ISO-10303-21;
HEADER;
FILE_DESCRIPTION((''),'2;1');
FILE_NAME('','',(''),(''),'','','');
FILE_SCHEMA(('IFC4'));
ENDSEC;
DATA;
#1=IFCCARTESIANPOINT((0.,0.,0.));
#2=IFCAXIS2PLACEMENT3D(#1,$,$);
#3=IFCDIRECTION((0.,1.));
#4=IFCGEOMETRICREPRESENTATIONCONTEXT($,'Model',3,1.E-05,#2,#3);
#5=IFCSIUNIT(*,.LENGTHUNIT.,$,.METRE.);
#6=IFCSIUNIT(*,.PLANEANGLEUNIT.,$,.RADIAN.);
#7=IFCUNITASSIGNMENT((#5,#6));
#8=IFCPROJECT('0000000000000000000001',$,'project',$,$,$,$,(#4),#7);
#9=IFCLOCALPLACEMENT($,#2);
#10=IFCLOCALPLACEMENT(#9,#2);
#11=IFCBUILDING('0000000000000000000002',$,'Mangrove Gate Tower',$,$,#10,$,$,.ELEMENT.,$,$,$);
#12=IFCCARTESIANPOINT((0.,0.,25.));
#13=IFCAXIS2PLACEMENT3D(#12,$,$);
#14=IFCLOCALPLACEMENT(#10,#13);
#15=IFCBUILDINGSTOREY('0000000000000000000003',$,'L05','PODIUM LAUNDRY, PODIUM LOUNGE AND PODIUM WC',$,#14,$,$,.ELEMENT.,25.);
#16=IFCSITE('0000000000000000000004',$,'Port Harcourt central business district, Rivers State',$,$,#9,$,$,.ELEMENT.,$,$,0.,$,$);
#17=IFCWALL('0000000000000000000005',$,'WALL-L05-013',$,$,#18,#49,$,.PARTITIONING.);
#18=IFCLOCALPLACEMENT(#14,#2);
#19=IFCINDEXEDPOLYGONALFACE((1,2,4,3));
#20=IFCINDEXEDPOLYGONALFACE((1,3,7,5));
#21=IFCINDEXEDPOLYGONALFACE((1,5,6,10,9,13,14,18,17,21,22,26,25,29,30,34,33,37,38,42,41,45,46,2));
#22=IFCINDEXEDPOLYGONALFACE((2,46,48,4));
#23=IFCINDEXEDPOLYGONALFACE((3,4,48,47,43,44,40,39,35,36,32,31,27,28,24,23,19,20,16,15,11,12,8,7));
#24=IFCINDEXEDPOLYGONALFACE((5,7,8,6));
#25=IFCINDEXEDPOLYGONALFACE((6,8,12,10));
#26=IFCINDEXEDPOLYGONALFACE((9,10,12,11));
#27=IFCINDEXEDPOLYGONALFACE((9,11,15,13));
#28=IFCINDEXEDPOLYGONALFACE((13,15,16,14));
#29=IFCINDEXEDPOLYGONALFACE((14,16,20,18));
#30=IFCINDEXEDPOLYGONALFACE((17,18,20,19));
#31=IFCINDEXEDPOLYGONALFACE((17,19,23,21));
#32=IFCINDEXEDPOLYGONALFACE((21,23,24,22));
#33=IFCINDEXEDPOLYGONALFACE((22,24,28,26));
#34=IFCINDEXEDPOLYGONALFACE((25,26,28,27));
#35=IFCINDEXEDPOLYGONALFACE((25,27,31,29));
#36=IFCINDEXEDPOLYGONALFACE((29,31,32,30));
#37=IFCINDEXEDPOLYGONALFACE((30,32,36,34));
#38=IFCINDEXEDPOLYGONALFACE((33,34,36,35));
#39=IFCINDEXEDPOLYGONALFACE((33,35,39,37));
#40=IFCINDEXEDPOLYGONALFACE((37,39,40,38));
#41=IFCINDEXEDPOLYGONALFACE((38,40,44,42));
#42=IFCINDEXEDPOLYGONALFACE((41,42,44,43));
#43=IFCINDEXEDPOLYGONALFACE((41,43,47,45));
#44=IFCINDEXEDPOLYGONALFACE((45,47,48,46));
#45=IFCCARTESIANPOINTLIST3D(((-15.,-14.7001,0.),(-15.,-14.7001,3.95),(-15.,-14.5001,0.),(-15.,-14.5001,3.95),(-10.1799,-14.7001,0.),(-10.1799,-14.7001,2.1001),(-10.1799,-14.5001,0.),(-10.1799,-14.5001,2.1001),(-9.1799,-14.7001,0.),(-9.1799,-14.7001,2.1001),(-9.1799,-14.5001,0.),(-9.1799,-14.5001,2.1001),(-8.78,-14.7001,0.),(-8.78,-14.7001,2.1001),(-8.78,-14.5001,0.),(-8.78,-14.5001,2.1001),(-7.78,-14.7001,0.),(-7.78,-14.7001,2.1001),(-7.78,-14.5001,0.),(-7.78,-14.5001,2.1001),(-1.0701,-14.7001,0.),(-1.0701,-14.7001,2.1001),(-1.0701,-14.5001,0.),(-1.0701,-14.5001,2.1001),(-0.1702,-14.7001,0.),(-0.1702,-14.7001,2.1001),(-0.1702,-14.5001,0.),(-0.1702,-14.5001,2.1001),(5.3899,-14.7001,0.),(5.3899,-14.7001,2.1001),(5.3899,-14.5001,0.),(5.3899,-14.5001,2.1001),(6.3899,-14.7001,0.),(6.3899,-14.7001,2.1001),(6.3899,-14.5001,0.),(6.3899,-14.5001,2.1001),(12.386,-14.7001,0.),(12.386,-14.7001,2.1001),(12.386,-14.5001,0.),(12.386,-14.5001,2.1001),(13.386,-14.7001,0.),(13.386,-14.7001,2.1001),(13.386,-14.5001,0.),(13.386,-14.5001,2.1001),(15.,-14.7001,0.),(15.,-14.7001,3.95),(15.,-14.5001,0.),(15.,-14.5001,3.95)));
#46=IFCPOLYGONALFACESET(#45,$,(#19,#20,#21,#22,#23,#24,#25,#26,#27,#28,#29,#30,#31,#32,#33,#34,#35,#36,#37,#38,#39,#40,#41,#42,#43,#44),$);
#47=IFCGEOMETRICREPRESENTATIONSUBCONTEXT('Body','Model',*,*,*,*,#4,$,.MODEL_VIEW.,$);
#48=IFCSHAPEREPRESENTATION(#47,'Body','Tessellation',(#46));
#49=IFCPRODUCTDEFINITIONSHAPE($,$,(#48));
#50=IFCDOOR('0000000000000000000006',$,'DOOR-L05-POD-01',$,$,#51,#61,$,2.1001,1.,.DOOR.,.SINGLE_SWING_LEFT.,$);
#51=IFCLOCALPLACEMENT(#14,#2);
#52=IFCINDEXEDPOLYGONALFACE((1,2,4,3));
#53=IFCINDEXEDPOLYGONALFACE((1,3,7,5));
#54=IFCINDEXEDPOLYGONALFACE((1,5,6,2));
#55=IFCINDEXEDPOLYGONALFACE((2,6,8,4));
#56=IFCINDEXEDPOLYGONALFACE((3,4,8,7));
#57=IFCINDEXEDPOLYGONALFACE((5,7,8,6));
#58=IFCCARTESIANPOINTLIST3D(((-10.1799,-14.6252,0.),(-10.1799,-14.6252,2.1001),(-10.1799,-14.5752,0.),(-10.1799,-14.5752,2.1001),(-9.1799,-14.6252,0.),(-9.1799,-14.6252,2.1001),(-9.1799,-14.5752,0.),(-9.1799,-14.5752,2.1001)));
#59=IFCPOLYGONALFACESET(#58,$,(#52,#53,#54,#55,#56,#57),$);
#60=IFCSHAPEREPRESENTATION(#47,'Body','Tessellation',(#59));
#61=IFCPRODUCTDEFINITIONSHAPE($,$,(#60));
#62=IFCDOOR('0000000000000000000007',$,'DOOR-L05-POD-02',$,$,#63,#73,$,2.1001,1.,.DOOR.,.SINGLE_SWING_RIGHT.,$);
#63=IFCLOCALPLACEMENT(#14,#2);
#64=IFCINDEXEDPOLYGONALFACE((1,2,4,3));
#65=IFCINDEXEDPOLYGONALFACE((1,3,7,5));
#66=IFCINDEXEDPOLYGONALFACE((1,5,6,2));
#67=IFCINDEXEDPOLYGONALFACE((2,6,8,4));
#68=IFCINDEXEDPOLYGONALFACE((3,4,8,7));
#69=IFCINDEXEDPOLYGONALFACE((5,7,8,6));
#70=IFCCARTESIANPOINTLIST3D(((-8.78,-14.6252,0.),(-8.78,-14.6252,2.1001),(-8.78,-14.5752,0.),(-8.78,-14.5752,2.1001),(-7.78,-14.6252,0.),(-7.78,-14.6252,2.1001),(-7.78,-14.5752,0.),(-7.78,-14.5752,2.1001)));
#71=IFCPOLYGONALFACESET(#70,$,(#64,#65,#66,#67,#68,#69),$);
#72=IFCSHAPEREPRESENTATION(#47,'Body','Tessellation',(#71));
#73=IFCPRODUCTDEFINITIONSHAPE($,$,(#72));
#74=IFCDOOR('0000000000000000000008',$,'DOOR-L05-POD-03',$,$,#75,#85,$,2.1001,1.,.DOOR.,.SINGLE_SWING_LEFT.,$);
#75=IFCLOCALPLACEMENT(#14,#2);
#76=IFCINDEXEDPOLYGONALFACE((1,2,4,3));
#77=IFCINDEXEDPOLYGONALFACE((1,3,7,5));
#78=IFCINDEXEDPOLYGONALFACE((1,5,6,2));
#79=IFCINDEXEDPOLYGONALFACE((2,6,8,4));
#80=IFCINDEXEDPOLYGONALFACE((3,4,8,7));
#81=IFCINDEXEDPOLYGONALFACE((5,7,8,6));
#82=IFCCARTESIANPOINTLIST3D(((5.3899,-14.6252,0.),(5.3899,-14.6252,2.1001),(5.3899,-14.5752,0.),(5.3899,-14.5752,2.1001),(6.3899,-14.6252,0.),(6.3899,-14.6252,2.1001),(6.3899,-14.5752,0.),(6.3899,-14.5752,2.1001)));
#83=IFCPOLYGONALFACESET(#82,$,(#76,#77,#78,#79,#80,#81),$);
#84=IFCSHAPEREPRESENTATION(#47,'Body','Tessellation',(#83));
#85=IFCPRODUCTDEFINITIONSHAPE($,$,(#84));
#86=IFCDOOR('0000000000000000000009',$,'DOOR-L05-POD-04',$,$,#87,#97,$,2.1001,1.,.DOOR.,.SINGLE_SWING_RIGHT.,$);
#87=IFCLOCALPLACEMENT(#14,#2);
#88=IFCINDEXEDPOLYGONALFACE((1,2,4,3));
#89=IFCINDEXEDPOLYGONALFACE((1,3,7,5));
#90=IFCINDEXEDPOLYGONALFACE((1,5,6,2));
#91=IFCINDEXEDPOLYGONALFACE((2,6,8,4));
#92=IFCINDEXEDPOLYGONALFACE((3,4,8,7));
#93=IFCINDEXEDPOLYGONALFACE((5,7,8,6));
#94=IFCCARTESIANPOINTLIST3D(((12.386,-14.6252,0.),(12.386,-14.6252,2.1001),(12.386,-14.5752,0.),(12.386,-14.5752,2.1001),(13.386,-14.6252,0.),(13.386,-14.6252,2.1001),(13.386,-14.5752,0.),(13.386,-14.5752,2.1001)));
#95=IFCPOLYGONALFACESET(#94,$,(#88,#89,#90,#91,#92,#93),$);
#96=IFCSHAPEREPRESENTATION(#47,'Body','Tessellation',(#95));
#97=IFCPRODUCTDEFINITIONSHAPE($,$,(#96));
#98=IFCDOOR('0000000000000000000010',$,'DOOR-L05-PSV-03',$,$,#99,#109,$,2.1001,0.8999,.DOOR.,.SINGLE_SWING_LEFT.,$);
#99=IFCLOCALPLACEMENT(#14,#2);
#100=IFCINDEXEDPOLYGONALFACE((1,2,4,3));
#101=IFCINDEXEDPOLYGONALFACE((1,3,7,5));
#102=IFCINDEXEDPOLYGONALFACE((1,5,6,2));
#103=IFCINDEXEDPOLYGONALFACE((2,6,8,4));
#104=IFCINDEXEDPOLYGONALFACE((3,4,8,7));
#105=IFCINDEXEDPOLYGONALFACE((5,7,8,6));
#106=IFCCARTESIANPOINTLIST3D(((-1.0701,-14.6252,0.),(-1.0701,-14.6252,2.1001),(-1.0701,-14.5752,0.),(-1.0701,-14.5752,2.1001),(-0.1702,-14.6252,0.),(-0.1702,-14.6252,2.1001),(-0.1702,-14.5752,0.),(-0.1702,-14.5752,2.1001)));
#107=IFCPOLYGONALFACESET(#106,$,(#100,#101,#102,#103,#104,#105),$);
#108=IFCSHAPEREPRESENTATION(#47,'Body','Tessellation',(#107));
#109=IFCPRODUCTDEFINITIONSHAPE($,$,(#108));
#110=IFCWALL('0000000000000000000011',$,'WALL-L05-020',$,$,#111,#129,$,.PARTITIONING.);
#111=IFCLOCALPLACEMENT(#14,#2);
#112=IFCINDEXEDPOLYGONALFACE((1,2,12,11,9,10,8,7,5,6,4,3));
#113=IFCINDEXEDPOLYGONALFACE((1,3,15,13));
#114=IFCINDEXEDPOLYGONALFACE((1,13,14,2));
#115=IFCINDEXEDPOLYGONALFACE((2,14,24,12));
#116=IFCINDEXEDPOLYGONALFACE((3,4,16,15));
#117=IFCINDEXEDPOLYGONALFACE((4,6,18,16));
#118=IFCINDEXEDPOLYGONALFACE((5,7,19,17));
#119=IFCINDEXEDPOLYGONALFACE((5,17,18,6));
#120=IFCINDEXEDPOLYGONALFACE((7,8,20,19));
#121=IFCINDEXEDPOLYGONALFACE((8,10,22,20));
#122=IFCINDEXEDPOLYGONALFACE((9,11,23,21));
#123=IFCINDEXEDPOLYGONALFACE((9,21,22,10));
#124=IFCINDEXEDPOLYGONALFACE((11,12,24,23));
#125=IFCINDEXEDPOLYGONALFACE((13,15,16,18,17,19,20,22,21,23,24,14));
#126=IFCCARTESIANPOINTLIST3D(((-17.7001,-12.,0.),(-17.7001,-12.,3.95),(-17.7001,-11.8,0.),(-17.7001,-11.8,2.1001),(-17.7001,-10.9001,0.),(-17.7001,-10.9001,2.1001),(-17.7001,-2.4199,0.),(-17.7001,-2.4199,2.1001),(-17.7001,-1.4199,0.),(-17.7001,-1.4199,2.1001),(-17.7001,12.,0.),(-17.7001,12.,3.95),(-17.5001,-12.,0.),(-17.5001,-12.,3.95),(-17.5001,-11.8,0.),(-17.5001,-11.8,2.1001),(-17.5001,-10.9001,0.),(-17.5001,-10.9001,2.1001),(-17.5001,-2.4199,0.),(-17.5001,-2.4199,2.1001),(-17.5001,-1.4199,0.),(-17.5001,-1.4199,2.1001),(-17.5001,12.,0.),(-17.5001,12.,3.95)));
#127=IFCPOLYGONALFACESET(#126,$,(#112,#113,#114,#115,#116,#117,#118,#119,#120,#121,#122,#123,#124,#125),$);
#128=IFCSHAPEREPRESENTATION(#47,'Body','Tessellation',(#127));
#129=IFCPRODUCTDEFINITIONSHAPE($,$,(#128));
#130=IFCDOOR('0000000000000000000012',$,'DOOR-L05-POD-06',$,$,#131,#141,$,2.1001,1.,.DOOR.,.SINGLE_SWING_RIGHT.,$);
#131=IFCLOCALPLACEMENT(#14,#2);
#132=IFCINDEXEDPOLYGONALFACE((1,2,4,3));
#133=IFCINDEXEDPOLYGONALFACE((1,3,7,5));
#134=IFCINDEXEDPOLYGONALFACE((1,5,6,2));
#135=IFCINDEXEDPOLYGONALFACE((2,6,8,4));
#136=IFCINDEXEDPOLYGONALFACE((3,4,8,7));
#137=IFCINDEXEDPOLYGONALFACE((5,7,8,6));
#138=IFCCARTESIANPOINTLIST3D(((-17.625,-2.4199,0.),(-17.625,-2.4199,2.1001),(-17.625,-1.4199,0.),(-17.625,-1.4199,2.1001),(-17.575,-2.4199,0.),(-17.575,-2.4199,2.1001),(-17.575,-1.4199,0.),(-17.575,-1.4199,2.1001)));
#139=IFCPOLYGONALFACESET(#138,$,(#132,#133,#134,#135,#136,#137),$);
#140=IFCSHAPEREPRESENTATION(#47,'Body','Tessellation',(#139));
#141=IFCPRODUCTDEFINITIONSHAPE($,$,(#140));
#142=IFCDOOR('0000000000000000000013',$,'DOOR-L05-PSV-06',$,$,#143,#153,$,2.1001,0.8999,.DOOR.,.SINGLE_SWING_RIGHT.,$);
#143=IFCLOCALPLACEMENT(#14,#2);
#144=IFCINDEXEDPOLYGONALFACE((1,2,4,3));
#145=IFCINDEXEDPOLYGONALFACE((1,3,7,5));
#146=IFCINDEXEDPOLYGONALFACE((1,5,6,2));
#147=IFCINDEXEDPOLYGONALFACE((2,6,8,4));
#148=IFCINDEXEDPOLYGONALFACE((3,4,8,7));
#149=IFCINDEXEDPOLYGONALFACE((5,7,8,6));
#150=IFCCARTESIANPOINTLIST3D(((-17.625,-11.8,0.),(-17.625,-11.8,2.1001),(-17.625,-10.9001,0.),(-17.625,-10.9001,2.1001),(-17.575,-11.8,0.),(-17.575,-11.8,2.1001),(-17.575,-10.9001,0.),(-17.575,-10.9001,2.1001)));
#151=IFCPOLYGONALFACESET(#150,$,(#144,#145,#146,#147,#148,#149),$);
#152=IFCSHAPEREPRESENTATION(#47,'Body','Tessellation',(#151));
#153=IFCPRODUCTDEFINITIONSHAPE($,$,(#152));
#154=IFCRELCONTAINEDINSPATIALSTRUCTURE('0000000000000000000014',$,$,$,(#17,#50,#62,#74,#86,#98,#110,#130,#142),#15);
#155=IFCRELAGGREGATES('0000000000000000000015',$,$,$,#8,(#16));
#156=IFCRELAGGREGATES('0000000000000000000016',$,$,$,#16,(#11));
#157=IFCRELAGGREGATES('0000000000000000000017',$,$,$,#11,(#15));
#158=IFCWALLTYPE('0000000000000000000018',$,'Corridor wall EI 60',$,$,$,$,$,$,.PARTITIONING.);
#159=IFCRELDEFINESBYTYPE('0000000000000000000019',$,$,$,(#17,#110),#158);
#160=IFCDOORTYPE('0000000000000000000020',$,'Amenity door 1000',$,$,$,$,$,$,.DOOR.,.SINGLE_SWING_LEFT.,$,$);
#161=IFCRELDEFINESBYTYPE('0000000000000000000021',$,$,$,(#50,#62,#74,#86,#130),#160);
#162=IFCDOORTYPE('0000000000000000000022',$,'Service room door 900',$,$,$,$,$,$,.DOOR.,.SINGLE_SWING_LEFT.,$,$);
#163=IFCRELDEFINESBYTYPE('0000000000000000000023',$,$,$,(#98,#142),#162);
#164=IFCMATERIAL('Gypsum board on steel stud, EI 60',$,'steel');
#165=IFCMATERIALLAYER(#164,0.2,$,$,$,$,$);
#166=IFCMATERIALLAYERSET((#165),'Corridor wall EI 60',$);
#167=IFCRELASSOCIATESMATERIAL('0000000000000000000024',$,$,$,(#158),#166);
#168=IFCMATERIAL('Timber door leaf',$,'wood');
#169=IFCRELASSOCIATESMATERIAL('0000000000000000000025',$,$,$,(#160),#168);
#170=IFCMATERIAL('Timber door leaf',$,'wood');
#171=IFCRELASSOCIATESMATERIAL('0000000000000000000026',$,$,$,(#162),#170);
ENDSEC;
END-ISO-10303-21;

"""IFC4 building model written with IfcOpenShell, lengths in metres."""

from ifc_helpers import new_model, si_unit, direction, frame, frame_2d, origin, place, context, subcontext, project, spatial, rectangle, extrude, material, layer, layer_set, type_object, element, fill, save


model = new_model("IFC4")

# Units and contexts
model_context = context("Model", 3, precision=1e-05, world=origin(), true_north=direction((0.0, 1.0)))
body_context = subcontext(model_context, "Body", "Model", "MODEL_VIEW")
ifc_project = project(units=[si_unit("LENGTHUNIT", "METRE"), si_unit("PLANEANGLEUNIT", "RADIAN")], contexts=[model_context])

# Site, building, storey
site_placement = place(None, origin())
site = spatial("IfcSite", under=ifc_project, at=site_placement, Name="Port Harcourt central business district, Rivers State", CompositionType="ELEMENT", RefElevation=0.0)
building_placement = place(site_placement, origin())
building = spatial("IfcBuilding", under=site, at=building_placement, Name="Mangrove Gate Tower", CompositionType="ELEMENT")
storey_placement = place(building_placement, frame((0.0, 0.0, 25.0)))
storey = spatial("IfcBuildingStorey", under=building, at=storey_placement, Name="L05", Description="PODIUM LAUNDRY, PODIUM LOUNGE AND PODIUM WC", CompositionType="ELEMENT", Elevation=25.0)

# Shared definitions
ifc_material_1 = material(Name="Gypsum board on steel stud, EI 60", Category="steel")
ifc_layer_1 = layer(ifc_material_1, 0.2)
ifc_layer_set_1 = layer_set([ifc_layer_1], Name="Corridor wall EI 60")
wall_type_1 = type_object("IfcWallType", Name="Corridor wall EI 60", PredefinedType="PARTITIONING", material=ifc_layer_set_1)

# Walls, openings, doors
wall_1_placement = place(storey_placement, frame((-15.0, -14.6001, 0.0), z_axis=(0.0, 0.0, 1.0), x_axis=(1.0, 0.0, 0.0)))
wall_1 = element("IfcWall", 1, at=wall_1_placement, inside=storey, type_object=wall_type_1, Name="WALL-L05-013", PredefinedType="PARTITIONING", context=body_context, shape_type="SweptSolid", body=[
    extrude(rectangle(XDim=30.0, YDim=0.2, at=frame_2d((15.0, 0.0))), origin(), (0.0, 0.0, 1.0), 3.95),
])
opening_1_placement = place(wall_1_placement, frame((4.8201, 0.0, 0.0)))
opening_1 = element("IfcOpeningElement", 2, at=opening_1_placement, cuts=wall_1, PredefinedType="OPENING", context=body_context, shape_type="SweptSolid", body=[
    extrude(rectangle(XDim=1.0, YDim=2.1001, at=frame_2d((0.5, 1.05))), frame((0.0, 0.1099, 0.0), z_axis=(0.0, -1.0, 0.0), x_axis=(1.0, 0.0, 0.0)), (0.0, 0.0, 1.0), 0.22),
])
opening_2_placement = place(wall_1_placement, frame((6.22, 0.0, 0.0)))
opening_2 = element("IfcOpeningElement", 3, at=opening_2_placement, cuts=wall_1, PredefinedType="OPENING", context=body_context, shape_type="SweptSolid", body=[
    extrude(rectangle(XDim=1.0, YDim=2.1001, at=frame_2d((0.5, 1.05))), frame((0.0, 0.1099, 0.0), z_axis=(0.0, -1.0, 0.0), x_axis=(1.0, 0.0, 0.0)), (0.0, 0.0, 1.0), 0.22),
])
opening_3_placement = place(wall_1_placement, frame((20.3899, 0.0, 0.0)))
opening_3 = element("IfcOpeningElement", 4, at=opening_3_placement, cuts=wall_1, PredefinedType="OPENING", context=body_context, shape_type="SweptSolid", body=[
    extrude(rectangle(XDim=1.0, YDim=2.1001, at=frame_2d((0.5, 1.05))), frame((0.0, 0.1099, 0.0), z_axis=(0.0, -1.0, 0.0), x_axis=(1.0, 0.0, 0.0)), (0.0, 0.0, 1.0), 0.22),
])
opening_4_placement = place(wall_1_placement, frame((13.9299, 0.0, 0.0)))
opening_4 = element("IfcOpeningElement", 5, at=opening_4_placement, cuts=wall_1, PredefinedType="OPENING", context=body_context, shape_type="SweptSolid", body=[
    extrude(rectangle(XDim=0.8999, YDim=2.1001, at=frame_2d((0.45, 1.05))), frame((0.0, 0.1099, 0.0), z_axis=(0.0, -1.0, 0.0), x_axis=(1.0, 0.0, 0.0)), (0.0, 0.0, 1.0), 0.22),
])
opening_5_placement = place(wall_1_placement, frame((27.386, 0.0, 0.0)))
opening_5 = element("IfcOpeningElement", 6, at=opening_5_placement, cuts=wall_1, PredefinedType="OPENING", context=body_context, shape_type="SweptSolid", body=[
    extrude(rectangle(XDim=1.0, YDim=2.1001, at=frame_2d((0.5, 1.05))), frame((0.0, 0.1099, 0.0), z_axis=(0.0, -1.0, 0.0), x_axis=(1.0, 0.0, 0.0)), (0.0, 0.0, 1.0), 0.22),
])
ifc_material_2 = material(Name="Timber door leaf", Category="wood")
door_type_1 = type_object("IfcDoorType", Name="Amenity door 1000", OperationType="SINGLE_SWING_LEFT", PredefinedType="DOOR", material=ifc_material_2)
door_1_placement = place(opening_1_placement, origin())
door_1 = element("IfcDoor", 7, at=door_1_placement, inside=storey, type_object=door_type_1, Name="DOOR-L05-POD-01", OperationType="SINGLE_SWING_LEFT", OverallHeight=2.1001, OverallWidth=1.0, PredefinedType="DOOR", context=body_context, shape_type="SweptSolid", body=[
    extrude(rectangle(XDim=1.0, YDim=2.1001, at=frame_2d((0.5, 1.05))), frame((0.0, 0.0249, 0.0), z_axis=(0.0, -1.0, 0.0), x_axis=(1.0, 0.0, 0.0)), (0.0, 0.0, 1.0), 0.05),
])
fill(opening_1, door_1)
door_2_placement = place(opening_2_placement, origin())
door_2 = element("IfcDoor", 8, at=door_2_placement, inside=storey, type_object=door_type_1, Name="DOOR-L05-POD-02", OperationType="SINGLE_SWING_RIGHT", OverallHeight=2.1001, OverallWidth=1.0, PredefinedType="DOOR", context=body_context, shape_type="SweptSolid", body=[
    extrude(rectangle(XDim=1.0, YDim=2.1001, at=frame_2d((0.5, 1.05))), frame((0.0, 0.0249, 0.0), z_axis=(0.0, -1.0, 0.0), x_axis=(1.0, 0.0, 0.0)), (0.0, 0.0, 1.0), 0.05),
])
fill(opening_2, door_2)
door_3_placement = place(opening_3_placement, origin())
door_3 = element("IfcDoor", 9, at=door_3_placement, inside=storey, type_object=door_type_1, Name="DOOR-L05-POD-03", OperationType="SINGLE_SWING_LEFT", OverallHeight=2.1001, OverallWidth=1.0, PredefinedType="DOOR", context=body_context, shape_type="SweptSolid", body=[
    extrude(rectangle(XDim=1.0, YDim=2.1001, at=frame_2d((0.5, 1.05))), frame((0.0, 0.0249, 0.0), z_axis=(0.0, -1.0, 0.0), x_axis=(1.0, 0.0, 0.0)), (0.0, 0.0, 1.0), 0.05),
])
fill(opening_3, door_3)
door_4_placement = place(opening_5_placement, origin())
door_4 = element("IfcDoor", 10, at=door_4_placement, inside=storey, type_object=door_type_1, Name="DOOR-L05-POD-04", OperationType="SINGLE_SWING_RIGHT", OverallHeight=2.1001, OverallWidth=1.0, PredefinedType="DOOR", context=body_context, shape_type="SweptSolid", body=[
    extrude(rectangle(XDim=1.0, YDim=2.1001, at=frame_2d((0.5, 1.05))), frame((0.0, 0.0249, 0.0), z_axis=(0.0, -1.0, 0.0), x_axis=(1.0, 0.0, 0.0)), (0.0, 0.0, 1.0), 0.05),
])
fill(opening_5, door_4)
ifc_material_3 = material(Name="Timber door leaf", Category="wood")
door_type_2 = type_object("IfcDoorType", Name="Service room door 900", OperationType="SINGLE_SWING_LEFT", PredefinedType="DOOR", material=ifc_material_3)
door_5_placement = place(opening_4_placement, origin())
door_5 = element("IfcDoor", 11, at=door_5_placement, inside=storey, type_object=door_type_2, Name="DOOR-L05-PSV-03", OperationType="SINGLE_SWING_LEFT", OverallHeight=2.1001, OverallWidth=0.8999, PredefinedType="DOOR", context=body_context, shape_type="SweptSolid", body=[
    extrude(rectangle(XDim=0.8999, YDim=2.1001, at=frame_2d((0.45, 1.05))), frame((0.0, 0.0249, 0.0), z_axis=(0.0, -1.0, 0.0), x_axis=(1.0, 0.0, 0.0)), (0.0, 0.0, 1.0), 0.05),
])
fill(opening_4, door_5)
wall_2_placement = place(storey_placement, frame((-17.6001, -12.0, 0.0), z_axis=(0.0, 0.0, 1.0), x_axis=(0.0, 1.0, 0.0)))
wall_2 = element("IfcWall", 12, at=wall_2_placement, inside=storey, type_object=wall_type_1, Name="WALL-L05-020", PredefinedType="PARTITIONING", context=body_context, shape_type="SweptSolid", body=[
    extrude(rectangle(XDim=24.0, YDim=0.2, at=frame_2d((12.0, 0.0))), origin(), (0.0, 0.0, 1.0), 3.95),
])
opening_6_placement = place(wall_2_placement, frame((9.5801, 0.0, 0.0)))
opening_6 = element("IfcOpeningElement", 13, at=opening_6_placement, cuts=wall_2, PredefinedType="OPENING", context=body_context, shape_type="SweptSolid", body=[
    extrude(rectangle(XDim=1.0, YDim=2.1001, at=frame_2d((0.5, 1.05))), frame((0.0, 0.1099, 0.0), z_axis=(0.0, -1.0, 0.0), x_axis=(1.0, 0.0, 0.0)), (0.0, 0.0, 1.0), 0.22),
])
opening_7_placement = place(wall_2_placement, frame((0.2, 0.0, 0.0)))
opening_7 = element("IfcOpeningElement", 14, at=opening_7_placement, cuts=wall_2, PredefinedType="OPENING", context=body_context, shape_type="SweptSolid", body=[
    extrude(rectangle(XDim=0.8999, YDim=2.1001, at=frame_2d((0.45, 1.05))), frame((0.0, 0.1099, 0.0), z_axis=(0.0, -1.0, 0.0), x_axis=(1.0, 0.0, 0.0)), (0.0, 0.0, 1.0), 0.22),
])
door_6_placement = place(opening_6_placement, origin())
door_6 = element("IfcDoor", 15, at=door_6_placement, inside=storey, type_object=door_type_1, Name="DOOR-L05-POD-06", OperationType="SINGLE_SWING_RIGHT", OverallHeight=2.1001, OverallWidth=1.0, PredefinedType="DOOR", context=body_context, shape_type="SweptSolid", body=[
    extrude(rectangle(XDim=1.0, YDim=2.1001, at=frame_2d((0.5, 1.05))), frame((0.0, 0.0249, 0.0), z_axis=(0.0, -1.0, 0.0), x_axis=(1.0, 0.0, 0.0)), (0.0, 0.0, 1.0), 0.05),
])
fill(opening_6, door_6)
door_7_placement = place(opening_7_placement, origin())
door_7 = element("IfcDoor", 16, at=door_7_placement, inside=storey, type_object=door_type_2, Name="DOOR-L05-PSV-06", OperationType="SINGLE_SWING_RIGHT", OverallHeight=2.1001, OverallWidth=0.8999, PredefinedType="DOOR", context=body_context, shape_type="SweptSolid", body=[
    extrude(rectangle(XDim=0.8999, YDim=2.1001, at=frame_2d((0.45, 1.05))), frame((0.0, 0.0249, 0.0), z_axis=(0.0, -1.0, 0.0), x_axis=(1.0, 0.0, 0.0)), (0.0, 0.0, 1.0), 0.05),
])
fill(opening_7, door_7)

save(model, "model.ifc")
